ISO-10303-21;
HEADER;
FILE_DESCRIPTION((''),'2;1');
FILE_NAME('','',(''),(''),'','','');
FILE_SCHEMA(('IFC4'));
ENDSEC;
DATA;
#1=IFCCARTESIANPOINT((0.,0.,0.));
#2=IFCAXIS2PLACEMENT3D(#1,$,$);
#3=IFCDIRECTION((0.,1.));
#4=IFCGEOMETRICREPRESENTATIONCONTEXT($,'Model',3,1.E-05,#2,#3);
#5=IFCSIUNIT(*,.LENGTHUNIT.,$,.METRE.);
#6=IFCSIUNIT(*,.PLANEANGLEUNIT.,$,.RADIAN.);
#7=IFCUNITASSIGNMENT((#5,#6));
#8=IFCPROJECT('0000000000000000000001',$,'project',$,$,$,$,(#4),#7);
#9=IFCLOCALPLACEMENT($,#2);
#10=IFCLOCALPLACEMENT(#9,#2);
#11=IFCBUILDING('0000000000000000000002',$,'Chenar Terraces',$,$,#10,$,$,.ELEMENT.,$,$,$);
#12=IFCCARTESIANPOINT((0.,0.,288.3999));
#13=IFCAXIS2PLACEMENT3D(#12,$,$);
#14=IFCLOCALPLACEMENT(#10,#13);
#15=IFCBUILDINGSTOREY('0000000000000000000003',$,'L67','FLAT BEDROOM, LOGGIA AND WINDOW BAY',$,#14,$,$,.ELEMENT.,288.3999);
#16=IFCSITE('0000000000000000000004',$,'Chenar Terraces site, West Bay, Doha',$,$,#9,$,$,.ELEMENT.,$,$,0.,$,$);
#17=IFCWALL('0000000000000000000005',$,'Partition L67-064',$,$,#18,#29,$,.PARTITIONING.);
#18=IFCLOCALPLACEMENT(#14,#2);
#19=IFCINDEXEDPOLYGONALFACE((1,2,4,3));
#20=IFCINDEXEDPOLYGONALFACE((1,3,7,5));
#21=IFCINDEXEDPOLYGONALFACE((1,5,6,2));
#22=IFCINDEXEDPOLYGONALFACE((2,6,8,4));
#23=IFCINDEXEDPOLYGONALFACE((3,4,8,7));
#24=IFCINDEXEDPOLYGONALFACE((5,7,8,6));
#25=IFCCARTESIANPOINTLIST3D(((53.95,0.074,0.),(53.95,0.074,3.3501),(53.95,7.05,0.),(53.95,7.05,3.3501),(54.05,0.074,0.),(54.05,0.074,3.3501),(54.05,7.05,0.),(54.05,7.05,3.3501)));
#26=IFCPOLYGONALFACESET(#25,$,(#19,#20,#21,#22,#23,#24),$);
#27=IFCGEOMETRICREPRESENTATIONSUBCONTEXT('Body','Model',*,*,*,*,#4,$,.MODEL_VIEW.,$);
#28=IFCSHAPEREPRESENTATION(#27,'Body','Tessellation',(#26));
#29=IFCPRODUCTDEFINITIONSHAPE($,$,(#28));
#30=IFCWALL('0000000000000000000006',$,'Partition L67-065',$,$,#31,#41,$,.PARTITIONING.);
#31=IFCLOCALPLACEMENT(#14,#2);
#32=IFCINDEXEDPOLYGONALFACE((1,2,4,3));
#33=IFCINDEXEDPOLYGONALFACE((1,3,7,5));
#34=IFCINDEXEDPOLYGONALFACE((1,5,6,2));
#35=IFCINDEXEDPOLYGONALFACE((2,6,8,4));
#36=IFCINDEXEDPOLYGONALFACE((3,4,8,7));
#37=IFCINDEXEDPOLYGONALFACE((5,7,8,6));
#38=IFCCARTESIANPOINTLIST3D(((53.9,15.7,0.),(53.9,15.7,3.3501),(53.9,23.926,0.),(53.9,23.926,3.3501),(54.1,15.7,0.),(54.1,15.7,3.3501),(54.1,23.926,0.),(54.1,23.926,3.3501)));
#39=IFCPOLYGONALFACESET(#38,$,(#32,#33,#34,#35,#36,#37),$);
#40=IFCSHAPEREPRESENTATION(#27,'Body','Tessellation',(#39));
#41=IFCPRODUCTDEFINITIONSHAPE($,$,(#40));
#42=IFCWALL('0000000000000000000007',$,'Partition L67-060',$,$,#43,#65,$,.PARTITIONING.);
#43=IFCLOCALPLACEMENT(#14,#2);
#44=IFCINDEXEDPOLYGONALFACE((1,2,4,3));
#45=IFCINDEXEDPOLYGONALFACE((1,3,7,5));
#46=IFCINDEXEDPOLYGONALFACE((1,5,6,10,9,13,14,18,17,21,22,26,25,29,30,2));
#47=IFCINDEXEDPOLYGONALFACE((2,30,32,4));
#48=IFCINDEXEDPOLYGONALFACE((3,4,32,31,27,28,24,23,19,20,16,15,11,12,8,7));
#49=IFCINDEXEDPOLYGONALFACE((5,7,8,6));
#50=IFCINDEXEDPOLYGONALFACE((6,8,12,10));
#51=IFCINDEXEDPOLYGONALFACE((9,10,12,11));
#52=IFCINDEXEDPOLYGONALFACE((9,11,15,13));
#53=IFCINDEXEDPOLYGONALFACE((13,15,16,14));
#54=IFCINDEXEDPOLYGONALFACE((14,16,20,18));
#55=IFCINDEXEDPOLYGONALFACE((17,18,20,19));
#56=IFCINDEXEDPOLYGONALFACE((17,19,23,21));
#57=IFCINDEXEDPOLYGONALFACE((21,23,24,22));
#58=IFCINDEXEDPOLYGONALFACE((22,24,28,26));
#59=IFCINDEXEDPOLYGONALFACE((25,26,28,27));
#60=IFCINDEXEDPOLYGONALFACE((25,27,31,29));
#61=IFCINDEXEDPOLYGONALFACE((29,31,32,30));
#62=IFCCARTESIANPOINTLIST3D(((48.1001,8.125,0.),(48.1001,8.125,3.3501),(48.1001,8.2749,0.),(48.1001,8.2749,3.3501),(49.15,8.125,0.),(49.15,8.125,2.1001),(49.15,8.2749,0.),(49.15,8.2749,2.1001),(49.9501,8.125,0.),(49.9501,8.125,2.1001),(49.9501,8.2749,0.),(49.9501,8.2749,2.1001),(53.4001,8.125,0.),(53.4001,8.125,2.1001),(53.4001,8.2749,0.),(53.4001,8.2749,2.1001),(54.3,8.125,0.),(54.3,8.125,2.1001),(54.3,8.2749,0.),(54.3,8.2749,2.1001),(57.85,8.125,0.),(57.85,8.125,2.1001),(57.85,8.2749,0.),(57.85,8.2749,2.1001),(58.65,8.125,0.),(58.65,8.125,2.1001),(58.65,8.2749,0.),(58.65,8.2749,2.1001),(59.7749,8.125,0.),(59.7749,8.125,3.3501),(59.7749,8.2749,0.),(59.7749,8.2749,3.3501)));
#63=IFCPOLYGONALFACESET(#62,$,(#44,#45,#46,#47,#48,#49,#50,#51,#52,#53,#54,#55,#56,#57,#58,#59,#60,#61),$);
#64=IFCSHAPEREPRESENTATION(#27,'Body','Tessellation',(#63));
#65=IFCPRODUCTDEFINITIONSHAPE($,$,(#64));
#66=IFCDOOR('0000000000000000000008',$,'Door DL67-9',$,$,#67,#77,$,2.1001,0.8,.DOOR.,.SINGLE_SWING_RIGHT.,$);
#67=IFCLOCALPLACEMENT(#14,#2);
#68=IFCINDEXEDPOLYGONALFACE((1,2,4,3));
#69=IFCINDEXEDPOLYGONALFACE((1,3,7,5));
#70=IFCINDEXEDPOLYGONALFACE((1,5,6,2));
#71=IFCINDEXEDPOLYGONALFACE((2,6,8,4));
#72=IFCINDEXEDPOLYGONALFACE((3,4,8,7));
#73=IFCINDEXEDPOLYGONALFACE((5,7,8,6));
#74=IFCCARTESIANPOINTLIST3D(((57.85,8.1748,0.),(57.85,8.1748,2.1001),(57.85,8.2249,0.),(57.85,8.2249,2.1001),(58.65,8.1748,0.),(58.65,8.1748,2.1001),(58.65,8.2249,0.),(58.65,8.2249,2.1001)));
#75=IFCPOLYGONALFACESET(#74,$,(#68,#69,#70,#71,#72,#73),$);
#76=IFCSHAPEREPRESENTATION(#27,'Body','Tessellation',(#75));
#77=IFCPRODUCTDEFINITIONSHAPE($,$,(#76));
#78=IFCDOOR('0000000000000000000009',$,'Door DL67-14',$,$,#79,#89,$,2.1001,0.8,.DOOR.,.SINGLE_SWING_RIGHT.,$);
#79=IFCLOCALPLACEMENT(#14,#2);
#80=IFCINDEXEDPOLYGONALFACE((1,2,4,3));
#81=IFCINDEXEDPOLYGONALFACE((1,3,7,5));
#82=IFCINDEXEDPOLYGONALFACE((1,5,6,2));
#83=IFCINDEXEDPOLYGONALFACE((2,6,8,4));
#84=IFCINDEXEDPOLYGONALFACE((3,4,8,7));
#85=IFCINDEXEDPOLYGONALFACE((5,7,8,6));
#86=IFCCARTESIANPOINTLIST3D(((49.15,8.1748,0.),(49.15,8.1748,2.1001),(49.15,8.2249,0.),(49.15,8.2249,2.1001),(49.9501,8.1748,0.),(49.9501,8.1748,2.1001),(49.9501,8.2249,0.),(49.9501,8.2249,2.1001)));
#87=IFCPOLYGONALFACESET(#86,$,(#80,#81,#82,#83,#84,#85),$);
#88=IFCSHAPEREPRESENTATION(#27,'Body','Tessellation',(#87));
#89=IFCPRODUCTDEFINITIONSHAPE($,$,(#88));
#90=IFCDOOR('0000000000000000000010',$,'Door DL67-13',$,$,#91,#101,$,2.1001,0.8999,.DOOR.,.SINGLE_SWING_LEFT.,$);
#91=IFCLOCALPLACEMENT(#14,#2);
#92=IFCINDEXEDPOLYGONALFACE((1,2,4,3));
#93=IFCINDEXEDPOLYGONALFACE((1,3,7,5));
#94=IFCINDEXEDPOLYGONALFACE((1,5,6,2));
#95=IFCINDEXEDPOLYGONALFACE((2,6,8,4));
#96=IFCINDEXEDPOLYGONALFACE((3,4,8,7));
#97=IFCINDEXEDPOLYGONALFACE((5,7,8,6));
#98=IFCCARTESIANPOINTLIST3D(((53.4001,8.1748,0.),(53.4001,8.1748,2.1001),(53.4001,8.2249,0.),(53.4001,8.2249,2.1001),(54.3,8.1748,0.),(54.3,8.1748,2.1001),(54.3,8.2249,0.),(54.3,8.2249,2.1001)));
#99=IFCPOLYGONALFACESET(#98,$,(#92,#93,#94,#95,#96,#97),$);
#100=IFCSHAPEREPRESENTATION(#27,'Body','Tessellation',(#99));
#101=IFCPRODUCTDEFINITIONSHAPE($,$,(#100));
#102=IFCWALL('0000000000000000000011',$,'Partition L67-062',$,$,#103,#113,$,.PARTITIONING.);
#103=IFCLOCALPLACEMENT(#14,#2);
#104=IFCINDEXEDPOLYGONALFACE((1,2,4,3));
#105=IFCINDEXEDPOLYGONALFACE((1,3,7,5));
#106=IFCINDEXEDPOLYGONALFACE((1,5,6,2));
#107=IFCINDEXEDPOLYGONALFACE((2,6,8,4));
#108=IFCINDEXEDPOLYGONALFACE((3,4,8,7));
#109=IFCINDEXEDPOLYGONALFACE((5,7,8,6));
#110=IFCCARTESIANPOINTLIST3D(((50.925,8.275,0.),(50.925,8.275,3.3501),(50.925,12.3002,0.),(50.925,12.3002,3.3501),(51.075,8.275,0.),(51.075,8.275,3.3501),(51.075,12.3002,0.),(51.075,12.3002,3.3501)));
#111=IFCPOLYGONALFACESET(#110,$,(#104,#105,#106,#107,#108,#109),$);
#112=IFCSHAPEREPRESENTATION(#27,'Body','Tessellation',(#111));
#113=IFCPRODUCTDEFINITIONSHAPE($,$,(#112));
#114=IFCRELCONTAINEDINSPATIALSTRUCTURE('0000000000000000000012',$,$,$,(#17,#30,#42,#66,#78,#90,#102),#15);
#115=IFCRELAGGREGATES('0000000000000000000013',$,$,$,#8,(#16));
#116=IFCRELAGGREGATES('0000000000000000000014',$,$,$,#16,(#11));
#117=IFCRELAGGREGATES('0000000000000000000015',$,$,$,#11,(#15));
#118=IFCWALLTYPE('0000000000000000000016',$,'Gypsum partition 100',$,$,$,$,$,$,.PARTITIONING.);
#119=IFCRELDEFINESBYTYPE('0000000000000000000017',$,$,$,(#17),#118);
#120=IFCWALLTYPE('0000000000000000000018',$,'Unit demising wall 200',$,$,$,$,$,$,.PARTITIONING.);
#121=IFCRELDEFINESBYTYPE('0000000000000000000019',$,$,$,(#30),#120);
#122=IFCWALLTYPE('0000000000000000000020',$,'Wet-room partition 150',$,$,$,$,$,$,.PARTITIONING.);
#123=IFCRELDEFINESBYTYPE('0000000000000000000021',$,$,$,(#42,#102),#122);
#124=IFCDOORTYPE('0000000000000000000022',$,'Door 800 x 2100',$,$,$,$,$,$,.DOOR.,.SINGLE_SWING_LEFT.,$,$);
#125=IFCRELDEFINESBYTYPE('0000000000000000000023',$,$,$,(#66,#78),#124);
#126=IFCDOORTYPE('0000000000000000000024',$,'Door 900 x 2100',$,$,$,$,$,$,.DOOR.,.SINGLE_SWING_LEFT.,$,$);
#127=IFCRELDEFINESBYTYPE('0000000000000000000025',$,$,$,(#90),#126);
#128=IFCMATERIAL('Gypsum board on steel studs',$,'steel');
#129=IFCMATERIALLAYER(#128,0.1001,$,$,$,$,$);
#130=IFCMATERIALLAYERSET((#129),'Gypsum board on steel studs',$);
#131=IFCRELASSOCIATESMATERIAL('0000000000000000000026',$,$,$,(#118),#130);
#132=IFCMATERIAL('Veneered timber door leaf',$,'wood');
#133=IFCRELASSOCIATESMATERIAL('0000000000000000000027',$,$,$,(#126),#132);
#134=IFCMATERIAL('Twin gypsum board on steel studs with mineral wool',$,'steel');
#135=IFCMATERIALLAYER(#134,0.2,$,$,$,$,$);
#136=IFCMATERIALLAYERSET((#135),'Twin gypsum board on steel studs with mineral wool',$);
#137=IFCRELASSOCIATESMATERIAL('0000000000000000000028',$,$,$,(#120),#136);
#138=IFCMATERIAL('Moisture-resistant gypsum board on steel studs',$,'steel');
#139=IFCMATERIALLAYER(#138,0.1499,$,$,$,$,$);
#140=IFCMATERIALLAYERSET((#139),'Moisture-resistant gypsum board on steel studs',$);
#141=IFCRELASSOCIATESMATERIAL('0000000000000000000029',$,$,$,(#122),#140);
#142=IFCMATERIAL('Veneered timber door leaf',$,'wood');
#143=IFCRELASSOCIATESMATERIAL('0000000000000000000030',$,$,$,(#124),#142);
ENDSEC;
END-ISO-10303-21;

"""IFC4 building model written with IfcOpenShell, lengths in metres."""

from ifc_helpers import new_model, si_unit, direction, frame, frame_2d, origin, place, context, subcontext, project, spatial, rectangle, extrude, material, layer, layer_set, type_object, element, fill, save


model = new_model("IFC4")

# Units and contexts
model_context = context("Model", 3, precision=1e-05, world=origin(), true_north=direction((0.0, 1.0)))
body_context = subcontext(model_context, "Body", "Model", "MODEL_VIEW")
ifc_project = project(units=[si_unit("LENGTHUNIT", "METRE"), si_unit("PLANEANGLEUNIT", "RADIAN")], contexts=[model_context])

# Site, building, storey
site_placement = place(None, origin())
site = spatial("IfcSite", under=ifc_project, at=site_placement, Name="Chenar Terraces site, West Bay, Doha", CompositionType="ELEMENT", RefElevation=0.0)
building_placement = place(site_placement, origin())
building = spatial("IfcBuilding", under=site, at=building_placement, Name="Chenar Terraces", CompositionType="ELEMENT")
storey_placement = place(building_placement, frame((0.0, 0.0, 288.3999)))
storey = spatial("IfcBuildingStorey", under=building, at=storey_placement, Name="L67", Description="FLAT BEDROOM, LOGGIA AND WINDOW BAY", CompositionType="ELEMENT", Elevation=288.3999)

# Shared definitions
ifc_material_1 = material(Name="Gypsum board on steel studs", Category="steel")
ifc_layer_1 = layer(ifc_material_1, 0.1001)
ifc_layer_set_1 = layer_set([ifc_layer_1], Name="Gypsum board on steel studs")
wall_type_1 = type_object("IfcWallType", Name="Gypsum partition 100", PredefinedType="PARTITIONING", material=ifc_layer_set_1)
ifc_material_2 = material(Name="Veneered timber door leaf", Category="wood")
door_type_1 = type_object("IfcDoorType", Name="Door 900 x 2100", OperationType="SINGLE_SWING_LEFT", PredefinedType="DOOR", material=ifc_material_2)

# Walls
wall_1_placement = place(storey_placement, frame((54.0, 0.074, 0.0), z_axis=(0.0, 0.0, 1.0), x_axis=(0.0, 1.0, 0.0)))
element("IfcWall", 1, at=wall_1_placement, inside=storey, type_object=wall_type_1, Name="Partition L67-064", PredefinedType="PARTITIONING", context=body_context, shape_type="SweptSolid", body=[
    extrude(rectangle(XDim=6.9761, YDim=0.1001, at=frame_2d((3.488, 0.0))), origin(), (0.0, 0.0, 1.0), 3.3501),
])
ifc_material_3 = material(Name="Twin gypsum board on steel studs with mineral wool", Category="steel")
ifc_layer_2 = layer(ifc_material_3, 0.2)
ifc_layer_set_2 = layer_set([ifc_layer_2], Name="Twin gypsum board on steel studs with mineral wool")
wall_type_2 = type_object("IfcWallType", Name="Unit demising wall 200", PredefinedType="PARTITIONING", material=ifc_layer_set_2)
wall_2_placement = place(storey_placement, frame((54.0, 15.7, 0.0), z_axis=(0.0, 0.0, 1.0), x_axis=(0.0, 1.0, 0.0)))
element("IfcWall", 2, at=wall_2_placement, inside=storey, type_object=wall_type_2, Name="Partition L67-065", PredefinedType="PARTITIONING", context=body_context, shape_type="SweptSolid", body=[
    extrude(rectangle(XDim=8.2261, YDim=0.2, at=frame_2d((4.113, 0.0))), origin(), (0.0, 0.0, 1.0), 3.3501),
])

# Wall, openings, doors
ifc_material_4 = material(Name="Moisture-resistant gypsum board on steel studs", Category="steel")
ifc_layer_3 = layer(ifc_material_4, 0.1499)
ifc_layer_set_3 = layer_set([ifc_layer_3], Name="Moisture-resistant gypsum board on steel studs")
wall_type_3 = type_object("IfcWallType", Name="Wet-room partition 150", PredefinedType="PARTITIONING", material=ifc_layer_set_3)
wall_3_placement = place(storey_placement, frame((48.1001, 8.2, 0.0), z_axis=(0.0, 0.0, 1.0), x_axis=(1.0, 0.0, 0.0)))
wall_3 = element("IfcWall", 3, at=wall_3_placement, inside=storey, type_object=wall_type_3, Name="Partition L67-060", PredefinedType="PARTITIONING", context=body_context, shape_type="SweptSolid", body=[
    extrude(rectangle(XDim=11.6748, YDim=0.1499, at=frame_2d((5.8374, 0.0))), origin(), (0.0, 0.0, 1.0), 3.3501),
])
opening_1_placement = place(wall_3_placement, frame((9.75, 0.0, 0.0)))
opening_1 = element("IfcOpeningElement", 4, at=opening_1_placement, cuts=wall_3, PredefinedType="OPENING", context=body_context, shape_type="SweptSolid", body=[
    extrude(rectangle(XDim=0.8, YDim=2.1001, at=frame_2d((0.3999, 1.05))), frame((0.0, 0.085, 0.0), z_axis=(0.0, -1.0, 0.0), x_axis=(1.0, 0.0, 0.0)), (0.0, 0.0, 1.0), 0.1699),
])
opening_2_placement = place(wall_3_placement, frame((5.3, 0.0, 0.0)))
opening_2 = element("IfcOpeningElement", 5, at=opening_2_placement, cuts=wall_3, PredefinedType="OPENING", context=body_context, shape_type="SweptSolid", body=[
    extrude(rectangle(XDim=0.8999, YDim=2.1001, at=frame_2d((0.45, 1.05))), frame((0.0, 0.085, 0.0), z_axis=(0.0, -1.0, 0.0), x_axis=(1.0, 0.0, 0.0)), (0.0, 0.0, 1.0), 0.1699),
])
opening_3_placement = place(wall_3_placement, frame((1.05, 0.0, 0.0)))
opening_3 = element("IfcOpeningElement", 6, at=opening_3_placement, cuts=wall_3, PredefinedType="OPENING", context=body_context, shape_type="SweptSolid", body=[
    extrude(rectangle(XDim=0.8, YDim=2.1001, at=frame_2d((0.3999, 1.05))), frame((0.0, 0.085, 0.0), z_axis=(0.0, -1.0, 0.0), x_axis=(1.0, 0.0, 0.0)), (0.0, 0.0, 1.0), 0.1699),
])
ifc_material_5 = material(Name="Veneered timber door leaf", Category="wood")
door_type_2 = type_object("IfcDoorType", Name="Door 800 x 2100", OperationType="SINGLE_SWING_LEFT", PredefinedType="DOOR", material=ifc_material_5)
door_1_placement = place(opening_1_placement, origin())
door_1 = element("IfcDoor", 7, at=door_1_placement, inside=storey, type_object=door_type_2, Name="Door DL67-9", OperationType="SINGLE_SWING_RIGHT", OverallHeight=2.1001, OverallWidth=0.8, PredefinedType="DOOR", context=body_context, shape_type="SweptSolid", body=[
    extrude(rectangle(XDim=0.8, YDim=2.1001, at=frame_2d((0.3999, 1.05))), frame((0.0, 0.0249, 0.0), z_axis=(0.0, -1.0, 0.0), x_axis=(1.0, 0.0, 0.0)), (0.0, 0.0, 1.0), 0.05),
])
fill(opening_1, door_1)
door_2_placement = place(opening_3_placement, origin())
door_2 = element("IfcDoor", 8, at=door_2_placement, inside=storey, type_object=door_type_2, Name="Door DL67-14", OperationType="SINGLE_SWING_RIGHT", OverallHeight=2.1001, OverallWidth=0.8, PredefinedType="DOOR", context=body_context, shape_type="SweptSolid", body=[
    extrude(rectangle(XDim=0.8, YDim=2.1001, at=frame_2d((0.3999, 1.05))), frame((0.0, 0.0249, 0.0), z_axis=(0.0, -1.0, 0.0), x_axis=(1.0, 0.0, 0.0)), (0.0, 0.0, 1.0), 0.05),
])
fill(opening_3, door_2)
door_3_placement = place(opening_2_placement, origin())
door_3 = element("IfcDoor", 9, at=door_3_placement, inside=storey, type_object=door_type_1, Name="Door DL67-13", OperationType="SINGLE_SWING_LEFT", OverallHeight=2.1001, OverallWidth=0.8999, PredefinedType="DOOR", context=body_context, shape_type="SweptSolid", body=[
    extrude(rectangle(XDim=0.8999, YDim=2.1001, at=frame_2d((0.45, 1.05))), frame((0.0, 0.0249, 0.0), z_axis=(0.0, -1.0, 0.0), x_axis=(1.0, 0.0, 0.0)), (0.0, 0.0, 1.0), 0.05),
])
fill(opening_2, door_3)

# Wall
wall_4_placement = place(storey_placement, frame((51.0, 8.2749, 0.0), z_axis=(0.0, 0.0, 1.0), x_axis=(0.0, 1.0, 0.0)))
element("IfcWall", 10, at=wall_4_placement, inside=storey, type_object=wall_type_3, Name="Partition L67-062", PredefinedType="PARTITIONING", context=body_context, shape_type="SweptSolid", body=[
    extrude(rectangle(XDim=4.0251, YDim=0.1499, at=frame_2d((2.0127, 0.0))), origin(), (0.0, 0.0, 1.0), 3.3501),
])

save(model, "model.ifc")
